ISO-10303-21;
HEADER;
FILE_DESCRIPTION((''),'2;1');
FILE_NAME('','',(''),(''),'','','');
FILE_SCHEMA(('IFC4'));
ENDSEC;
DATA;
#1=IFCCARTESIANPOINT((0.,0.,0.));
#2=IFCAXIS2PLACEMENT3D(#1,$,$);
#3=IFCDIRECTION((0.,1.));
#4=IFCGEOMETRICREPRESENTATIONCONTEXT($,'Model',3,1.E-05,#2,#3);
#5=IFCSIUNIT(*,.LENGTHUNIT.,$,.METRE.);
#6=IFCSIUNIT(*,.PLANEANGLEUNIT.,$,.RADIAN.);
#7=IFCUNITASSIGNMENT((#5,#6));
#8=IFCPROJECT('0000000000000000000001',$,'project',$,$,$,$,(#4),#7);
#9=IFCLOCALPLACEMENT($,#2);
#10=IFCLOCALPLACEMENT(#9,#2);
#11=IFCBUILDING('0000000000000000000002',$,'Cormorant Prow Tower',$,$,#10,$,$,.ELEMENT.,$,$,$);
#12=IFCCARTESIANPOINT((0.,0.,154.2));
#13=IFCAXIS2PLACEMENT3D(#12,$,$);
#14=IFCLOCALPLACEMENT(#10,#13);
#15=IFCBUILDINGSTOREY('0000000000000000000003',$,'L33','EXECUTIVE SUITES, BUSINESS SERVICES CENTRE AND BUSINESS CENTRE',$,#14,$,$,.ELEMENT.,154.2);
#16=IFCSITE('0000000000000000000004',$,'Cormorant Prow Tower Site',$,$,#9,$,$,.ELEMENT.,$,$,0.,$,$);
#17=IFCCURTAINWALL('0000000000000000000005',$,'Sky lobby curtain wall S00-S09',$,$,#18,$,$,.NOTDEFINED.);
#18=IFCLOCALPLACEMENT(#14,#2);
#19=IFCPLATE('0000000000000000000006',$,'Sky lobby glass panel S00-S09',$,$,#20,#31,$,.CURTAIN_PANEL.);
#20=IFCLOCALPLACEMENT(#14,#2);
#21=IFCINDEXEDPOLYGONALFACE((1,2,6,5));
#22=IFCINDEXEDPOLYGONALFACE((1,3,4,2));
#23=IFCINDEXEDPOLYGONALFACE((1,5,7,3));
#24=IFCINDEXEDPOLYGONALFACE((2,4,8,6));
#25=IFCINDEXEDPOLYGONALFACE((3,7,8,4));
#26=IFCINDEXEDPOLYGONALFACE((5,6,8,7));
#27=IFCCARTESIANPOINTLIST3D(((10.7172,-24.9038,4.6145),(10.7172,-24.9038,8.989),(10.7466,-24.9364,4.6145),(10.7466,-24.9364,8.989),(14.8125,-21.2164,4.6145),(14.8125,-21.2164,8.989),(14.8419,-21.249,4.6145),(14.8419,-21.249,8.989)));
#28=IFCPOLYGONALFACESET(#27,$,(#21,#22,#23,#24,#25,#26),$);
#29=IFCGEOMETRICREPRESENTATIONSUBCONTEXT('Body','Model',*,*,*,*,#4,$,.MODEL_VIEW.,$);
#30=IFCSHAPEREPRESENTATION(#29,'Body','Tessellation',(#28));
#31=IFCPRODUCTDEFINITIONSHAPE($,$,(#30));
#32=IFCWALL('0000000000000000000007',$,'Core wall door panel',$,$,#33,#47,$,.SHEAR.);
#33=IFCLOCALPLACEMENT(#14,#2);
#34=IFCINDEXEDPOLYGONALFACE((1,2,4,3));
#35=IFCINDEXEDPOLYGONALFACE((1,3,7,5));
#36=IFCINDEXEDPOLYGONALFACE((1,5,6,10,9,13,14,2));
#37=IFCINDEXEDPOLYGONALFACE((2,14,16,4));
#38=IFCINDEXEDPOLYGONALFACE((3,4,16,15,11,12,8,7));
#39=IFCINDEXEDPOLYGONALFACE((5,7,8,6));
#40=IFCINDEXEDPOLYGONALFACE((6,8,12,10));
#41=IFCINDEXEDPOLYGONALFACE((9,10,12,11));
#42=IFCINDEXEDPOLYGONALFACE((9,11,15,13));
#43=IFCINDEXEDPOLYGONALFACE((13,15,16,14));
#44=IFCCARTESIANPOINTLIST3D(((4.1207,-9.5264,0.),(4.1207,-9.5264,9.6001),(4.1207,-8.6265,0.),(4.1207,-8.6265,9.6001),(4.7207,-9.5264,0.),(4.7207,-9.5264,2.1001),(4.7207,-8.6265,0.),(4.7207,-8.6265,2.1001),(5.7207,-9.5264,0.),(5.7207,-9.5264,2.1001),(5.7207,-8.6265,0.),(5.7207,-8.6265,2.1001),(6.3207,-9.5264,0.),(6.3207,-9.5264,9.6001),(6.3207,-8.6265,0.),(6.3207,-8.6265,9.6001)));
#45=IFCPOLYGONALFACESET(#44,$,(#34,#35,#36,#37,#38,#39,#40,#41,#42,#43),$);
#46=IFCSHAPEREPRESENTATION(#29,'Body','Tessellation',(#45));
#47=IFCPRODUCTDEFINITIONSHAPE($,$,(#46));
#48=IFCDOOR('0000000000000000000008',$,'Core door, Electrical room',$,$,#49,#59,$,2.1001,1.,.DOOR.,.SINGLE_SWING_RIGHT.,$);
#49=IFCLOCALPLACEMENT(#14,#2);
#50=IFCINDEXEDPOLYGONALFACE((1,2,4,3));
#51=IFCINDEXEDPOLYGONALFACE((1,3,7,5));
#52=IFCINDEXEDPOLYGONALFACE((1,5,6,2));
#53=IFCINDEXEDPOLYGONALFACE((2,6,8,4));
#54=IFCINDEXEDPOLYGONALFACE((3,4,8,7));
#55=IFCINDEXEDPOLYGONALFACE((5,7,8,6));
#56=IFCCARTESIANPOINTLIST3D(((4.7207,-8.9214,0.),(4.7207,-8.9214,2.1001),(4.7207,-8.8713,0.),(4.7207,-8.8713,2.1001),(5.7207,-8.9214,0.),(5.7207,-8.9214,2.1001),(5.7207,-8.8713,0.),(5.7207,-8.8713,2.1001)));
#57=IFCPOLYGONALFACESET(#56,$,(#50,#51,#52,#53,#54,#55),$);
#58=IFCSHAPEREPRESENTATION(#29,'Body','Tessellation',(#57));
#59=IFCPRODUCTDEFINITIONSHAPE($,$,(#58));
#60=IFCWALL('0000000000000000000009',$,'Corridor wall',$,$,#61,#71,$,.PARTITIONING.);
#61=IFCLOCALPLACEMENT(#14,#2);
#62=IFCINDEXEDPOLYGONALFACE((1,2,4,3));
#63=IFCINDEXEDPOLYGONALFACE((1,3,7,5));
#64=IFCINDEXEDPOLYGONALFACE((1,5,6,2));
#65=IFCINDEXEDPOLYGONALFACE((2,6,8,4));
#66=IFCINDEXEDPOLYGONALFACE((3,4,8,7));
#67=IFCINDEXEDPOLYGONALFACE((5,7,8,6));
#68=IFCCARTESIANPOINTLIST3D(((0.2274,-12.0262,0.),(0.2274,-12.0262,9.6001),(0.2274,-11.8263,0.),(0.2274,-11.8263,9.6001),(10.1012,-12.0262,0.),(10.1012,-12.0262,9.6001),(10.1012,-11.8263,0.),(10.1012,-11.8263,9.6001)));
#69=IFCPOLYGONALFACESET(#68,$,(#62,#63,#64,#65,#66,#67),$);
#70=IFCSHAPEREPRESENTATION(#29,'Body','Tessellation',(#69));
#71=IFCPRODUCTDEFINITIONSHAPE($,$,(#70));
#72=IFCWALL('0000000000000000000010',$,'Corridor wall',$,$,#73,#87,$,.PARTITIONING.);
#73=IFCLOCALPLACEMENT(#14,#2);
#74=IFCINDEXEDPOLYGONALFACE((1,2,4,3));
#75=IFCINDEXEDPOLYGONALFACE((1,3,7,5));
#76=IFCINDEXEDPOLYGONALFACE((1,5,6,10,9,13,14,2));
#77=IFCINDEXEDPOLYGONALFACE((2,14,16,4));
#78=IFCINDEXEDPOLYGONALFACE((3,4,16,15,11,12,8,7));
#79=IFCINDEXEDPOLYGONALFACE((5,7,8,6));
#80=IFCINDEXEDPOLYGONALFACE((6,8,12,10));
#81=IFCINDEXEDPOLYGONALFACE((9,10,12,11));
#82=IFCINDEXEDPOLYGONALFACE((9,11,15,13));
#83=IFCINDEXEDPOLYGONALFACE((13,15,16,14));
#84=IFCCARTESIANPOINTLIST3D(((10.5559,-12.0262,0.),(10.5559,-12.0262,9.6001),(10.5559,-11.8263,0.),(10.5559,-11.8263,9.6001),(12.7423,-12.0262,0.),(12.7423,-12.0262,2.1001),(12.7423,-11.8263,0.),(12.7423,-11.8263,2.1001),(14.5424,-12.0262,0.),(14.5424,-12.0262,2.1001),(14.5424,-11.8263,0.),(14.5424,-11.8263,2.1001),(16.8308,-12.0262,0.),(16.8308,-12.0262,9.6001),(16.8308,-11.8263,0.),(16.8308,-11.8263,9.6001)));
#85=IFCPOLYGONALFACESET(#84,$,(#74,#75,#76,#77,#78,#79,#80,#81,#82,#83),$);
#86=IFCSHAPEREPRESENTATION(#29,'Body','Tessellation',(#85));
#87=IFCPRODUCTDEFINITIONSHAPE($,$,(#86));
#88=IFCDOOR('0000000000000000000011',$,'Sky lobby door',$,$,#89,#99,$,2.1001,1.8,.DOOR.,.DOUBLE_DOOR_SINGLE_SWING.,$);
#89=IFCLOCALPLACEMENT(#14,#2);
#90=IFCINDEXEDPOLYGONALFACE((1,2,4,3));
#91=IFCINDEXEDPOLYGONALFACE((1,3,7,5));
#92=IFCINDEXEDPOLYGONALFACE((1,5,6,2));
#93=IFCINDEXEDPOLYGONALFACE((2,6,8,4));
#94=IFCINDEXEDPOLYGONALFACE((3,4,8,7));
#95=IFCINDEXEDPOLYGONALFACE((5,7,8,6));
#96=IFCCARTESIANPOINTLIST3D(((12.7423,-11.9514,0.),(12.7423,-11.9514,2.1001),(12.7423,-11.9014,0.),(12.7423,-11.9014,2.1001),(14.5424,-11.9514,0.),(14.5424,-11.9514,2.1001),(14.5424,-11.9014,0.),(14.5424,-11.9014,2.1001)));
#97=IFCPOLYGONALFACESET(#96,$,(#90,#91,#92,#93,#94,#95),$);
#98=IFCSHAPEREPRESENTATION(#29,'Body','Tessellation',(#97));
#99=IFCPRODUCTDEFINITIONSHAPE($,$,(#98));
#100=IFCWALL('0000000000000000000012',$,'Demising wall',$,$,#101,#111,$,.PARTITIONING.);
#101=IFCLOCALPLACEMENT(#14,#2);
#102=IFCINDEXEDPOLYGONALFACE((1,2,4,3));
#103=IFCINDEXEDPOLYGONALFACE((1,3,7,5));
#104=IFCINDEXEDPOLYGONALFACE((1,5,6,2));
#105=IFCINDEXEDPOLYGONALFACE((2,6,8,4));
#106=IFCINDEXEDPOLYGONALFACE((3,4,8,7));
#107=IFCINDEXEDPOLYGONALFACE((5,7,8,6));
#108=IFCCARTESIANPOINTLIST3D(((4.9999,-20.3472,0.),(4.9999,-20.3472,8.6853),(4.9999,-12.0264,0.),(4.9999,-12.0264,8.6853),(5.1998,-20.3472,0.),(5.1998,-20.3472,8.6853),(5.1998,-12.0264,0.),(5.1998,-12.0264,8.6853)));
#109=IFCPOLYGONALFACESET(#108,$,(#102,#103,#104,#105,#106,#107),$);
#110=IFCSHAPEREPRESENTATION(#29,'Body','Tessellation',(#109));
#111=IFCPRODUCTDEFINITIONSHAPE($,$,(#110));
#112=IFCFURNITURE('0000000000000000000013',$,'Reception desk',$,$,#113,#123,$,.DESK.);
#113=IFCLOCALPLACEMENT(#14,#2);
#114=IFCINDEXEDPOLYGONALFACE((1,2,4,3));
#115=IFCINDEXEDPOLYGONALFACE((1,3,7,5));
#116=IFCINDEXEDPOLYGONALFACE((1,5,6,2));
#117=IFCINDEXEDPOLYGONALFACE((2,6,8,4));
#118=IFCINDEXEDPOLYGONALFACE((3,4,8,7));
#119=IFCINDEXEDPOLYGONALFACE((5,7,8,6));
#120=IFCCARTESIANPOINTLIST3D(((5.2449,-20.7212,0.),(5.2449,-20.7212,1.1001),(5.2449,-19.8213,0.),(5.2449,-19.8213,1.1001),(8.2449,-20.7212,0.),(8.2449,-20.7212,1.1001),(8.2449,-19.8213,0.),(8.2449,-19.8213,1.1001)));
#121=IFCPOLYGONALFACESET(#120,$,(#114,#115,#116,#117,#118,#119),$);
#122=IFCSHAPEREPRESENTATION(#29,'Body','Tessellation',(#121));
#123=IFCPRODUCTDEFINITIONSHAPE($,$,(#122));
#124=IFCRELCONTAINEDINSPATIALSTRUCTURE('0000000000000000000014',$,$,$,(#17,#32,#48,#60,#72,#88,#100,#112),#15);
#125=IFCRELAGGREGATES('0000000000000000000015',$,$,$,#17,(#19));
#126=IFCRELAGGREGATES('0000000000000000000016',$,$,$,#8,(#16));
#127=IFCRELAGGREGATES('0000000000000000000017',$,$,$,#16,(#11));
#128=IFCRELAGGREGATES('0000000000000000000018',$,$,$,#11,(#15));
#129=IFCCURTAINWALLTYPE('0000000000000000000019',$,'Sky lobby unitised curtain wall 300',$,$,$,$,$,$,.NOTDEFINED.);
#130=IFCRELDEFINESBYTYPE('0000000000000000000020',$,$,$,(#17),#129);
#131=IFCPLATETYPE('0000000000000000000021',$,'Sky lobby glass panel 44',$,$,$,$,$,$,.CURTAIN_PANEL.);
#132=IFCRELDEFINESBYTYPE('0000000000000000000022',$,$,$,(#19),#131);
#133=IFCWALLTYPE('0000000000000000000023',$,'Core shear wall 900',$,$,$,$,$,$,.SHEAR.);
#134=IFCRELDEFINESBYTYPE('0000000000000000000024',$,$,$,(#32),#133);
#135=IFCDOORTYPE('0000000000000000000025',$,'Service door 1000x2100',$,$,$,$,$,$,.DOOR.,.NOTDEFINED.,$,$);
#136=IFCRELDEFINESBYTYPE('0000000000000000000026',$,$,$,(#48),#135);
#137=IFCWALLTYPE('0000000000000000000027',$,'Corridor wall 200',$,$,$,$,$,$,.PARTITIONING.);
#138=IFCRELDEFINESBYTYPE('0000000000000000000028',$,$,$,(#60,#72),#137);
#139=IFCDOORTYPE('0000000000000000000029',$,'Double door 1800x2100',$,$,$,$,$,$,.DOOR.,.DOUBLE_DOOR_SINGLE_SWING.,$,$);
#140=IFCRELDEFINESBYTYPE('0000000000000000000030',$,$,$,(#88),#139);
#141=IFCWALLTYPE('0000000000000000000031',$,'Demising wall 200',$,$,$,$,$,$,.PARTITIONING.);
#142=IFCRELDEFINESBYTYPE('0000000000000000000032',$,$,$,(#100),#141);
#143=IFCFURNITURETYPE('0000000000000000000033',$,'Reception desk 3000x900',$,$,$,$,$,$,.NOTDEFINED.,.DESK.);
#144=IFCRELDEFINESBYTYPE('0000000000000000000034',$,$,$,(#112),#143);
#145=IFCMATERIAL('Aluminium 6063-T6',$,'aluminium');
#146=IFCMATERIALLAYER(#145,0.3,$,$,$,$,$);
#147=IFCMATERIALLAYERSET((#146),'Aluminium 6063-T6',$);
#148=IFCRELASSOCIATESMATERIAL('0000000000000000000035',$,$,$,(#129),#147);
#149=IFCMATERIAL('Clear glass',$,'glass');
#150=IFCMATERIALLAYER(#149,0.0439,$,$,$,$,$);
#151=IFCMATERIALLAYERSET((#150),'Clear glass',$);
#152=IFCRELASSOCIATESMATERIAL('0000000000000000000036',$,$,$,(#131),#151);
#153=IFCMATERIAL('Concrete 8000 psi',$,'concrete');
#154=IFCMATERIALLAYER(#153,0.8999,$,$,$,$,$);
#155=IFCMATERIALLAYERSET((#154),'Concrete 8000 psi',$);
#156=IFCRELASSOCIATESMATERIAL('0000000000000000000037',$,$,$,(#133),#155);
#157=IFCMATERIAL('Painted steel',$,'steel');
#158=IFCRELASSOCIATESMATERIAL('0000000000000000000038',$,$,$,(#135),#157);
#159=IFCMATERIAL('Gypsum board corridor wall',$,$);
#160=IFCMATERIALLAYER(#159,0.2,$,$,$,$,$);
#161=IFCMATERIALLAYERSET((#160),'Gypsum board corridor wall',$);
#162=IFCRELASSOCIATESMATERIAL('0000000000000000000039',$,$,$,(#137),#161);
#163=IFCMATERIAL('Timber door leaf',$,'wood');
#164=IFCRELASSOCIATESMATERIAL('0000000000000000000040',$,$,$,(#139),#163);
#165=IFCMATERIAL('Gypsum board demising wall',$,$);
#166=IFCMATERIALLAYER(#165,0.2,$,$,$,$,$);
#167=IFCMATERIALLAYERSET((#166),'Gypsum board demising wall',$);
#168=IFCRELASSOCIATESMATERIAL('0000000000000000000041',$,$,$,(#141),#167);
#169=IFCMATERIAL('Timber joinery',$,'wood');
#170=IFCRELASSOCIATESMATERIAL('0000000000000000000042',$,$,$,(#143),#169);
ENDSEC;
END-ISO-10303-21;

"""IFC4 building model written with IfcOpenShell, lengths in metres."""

from ifc_helpers import new_model, si_unit, direction, frame, frame_2d, origin, origin_2d, place, context, subcontext, project, spatial, rectangle, extrude, material, layer, layer_set, type_object, element, fill, aggregate, save


model = new_model("IFC4")

# Units and contexts
model_context = context("Model", 3, precision=1e-05, world=origin(), true_north=direction((0.0, 1.0)))
body_context = subcontext(model_context, "Body", "Model", "MODEL_VIEW")
ifc_project = project(units=[si_unit("LENGTHUNIT", "METRE"), si_unit("PLANEANGLEUNIT", "RADIAN")], contexts=[model_context])

# Site, building, storey
site_placement = place(None, origin())
site = spatial("IfcSite", under=ifc_project, at=site_placement, Name="Cormorant Prow Tower Site", CompositionType="ELEMENT", RefElevation=0.0)
building_placement = place(site_placement, origin())
building = spatial("IfcBuilding", under=site, at=building_placement, Name="Cormorant Prow Tower", CompositionType="ELEMENT")
storey_placement = place(building_placement, frame((0.0, 0.0, 154.2)))
storey = spatial("IfcBuildingStorey", under=building, at=storey_placement, Name="L33", Description="EXECUTIVE SUITES, BUSINESS SERVICES CENTRE AND BUSINESS CENTRE", CompositionType="ELEMENT", Elevation=154.2)

# Curtain wall
ifc_material_1 = material(Name="Aluminium 6063-T6", Category="aluminium")
ifc_layer_1 = layer(ifc_material_1, 0.3)
ifc_layer_set_1 = layer_set([ifc_layer_1], Name="Aluminium 6063-T6")
curtain_wall_type = type_object("IfcCurtainWallType", Name="Sky lobby unitised curtain wall 300", PredefinedType="NOTDEFINED", material=ifc_layer_set_1)
curtain_wall_placement = place(storey_placement, origin())
curtain_wall = element("IfcCurtainWall", 1, at=curtain_wall_placement, inside=storey, type_object=curtain_wall_type, Name="Sky lobby curtain wall S00-S09", PredefinedType="NOTDEFINED")

# Plate
ifc_material_2 = material(Name="Clear glass", Category="glass")
ifc_layer_2 = layer(ifc_material_2, 0.0439)
ifc_layer_set_2 = layer_set([ifc_layer_2], Name="Clear glass")
plate_type = type_object("IfcPlateType", Name="Sky lobby glass panel 44", PredefinedType="CURTAIN_PANEL", material=ifc_layer_set_2)
plate_1_placement = place(storey_placement, frame((12.7795, -23.0764, 4.6145), z_axis=(0.0, 0.0, 1.0), x_axis=(0.743145, 0.669131, 0.0)))
plate_1 = element("IfcPlate", 2, at=plate_1_placement, type_object=plate_type, Name="Sky lobby glass panel S00-S09", PredefinedType="CURTAIN_PANEL", context=body_context, shape_type="SweptSolid", body=[
    extrude(rectangle(XDim=5.5107, YDim=0.0439, at=origin_2d()), origin(), (0.0, 0.0, 1.0), 4.3745),
])
aggregate(curtain_wall, [plate_1])

# Wall, opening, door
ifc_material_3 = material(Name="Concrete 8000 psi", Category="concrete")
ifc_layer_3 = layer(ifc_material_3, 0.8999)
ifc_layer_set_3 = layer_set([ifc_layer_3], Name="Concrete 8000 psi")
wall_type_1 = type_object("IfcWallType", Name="Core shear wall 900", PredefinedType="SHEAR", material=ifc_layer_set_3)
wall_1_placement = place(storey_placement, frame((4.1206, -9.0764, 0.0), z_axis=(0.0, 0.0, 1.0), x_axis=(1.0, 0.0, 0.0)))
wall_1 = element("IfcWall", 3, at=wall_1_placement, inside=storey, type_object=wall_type_1, Name="Core wall door panel", PredefinedType="SHEAR", context=body_context, shape_type="SweptSolid", body=[
    extrude(rectangle(XDim=2.2, YDim=0.8999, at=frame_2d((1.1001, 0.0))), origin(), (0.0, 0.0, 1.0), 9.6001),
])
opening_1_placement = place(wall_1_placement, frame((0.6001, 0.0, 0.0)))
opening_1 = element("IfcOpeningElement", 4, at=opening_1_placement, cuts=wall_1, PredefinedType="OPENING", context=body_context, shape_type="SweptSolid", body=[
    extrude(rectangle(XDim=1.0, YDim=2.1001, at=frame_2d((0.5, 1.05))), frame((0.0, 0.46, 0.0), z_axis=(0.0, -1.0, 0.0), x_axis=(1.0, 0.0, 0.0)), (0.0, 0.0, 1.0), 0.9199),
])
ifc_material_4 = material(Name="Painted steel", Category="steel")
door_type_1 = type_object("IfcDoorType", Name="Service door 1000x2100", OperationType="NOTDEFINED", PredefinedType="DOOR", material=ifc_material_4)
door_1_placement = place(opening_1_placement, origin())
door_1 = element("IfcDoor", 5, at=door_1_placement, inside=storey, type_object=door_type_1, Name="Core door, Electrical room", OperationType="SINGLE_SWING_RIGHT", OverallHeight=2.1001, OverallWidth=1.0, PredefinedType="DOOR", context=body_context, shape_type="SweptSolid", body=[
    extrude(rectangle(XDim=1.0, YDim=2.1001, at=frame_2d((0.5, 1.05))), frame((0.0, 0.2051, 0.0), z_axis=(0.0, -1.0, 0.0), x_axis=(1.0, 0.0, 0.0)), (0.0, 0.0, 1.0), 0.05),
])
fill(opening_1, door_1)

# Wall
ifc_material_5 = material(Name="Gypsum board corridor wall")
ifc_layer_4 = layer(ifc_material_5, 0.2)
ifc_layer_set_4 = layer_set([ifc_layer_4], Name="Gypsum board corridor wall")
wall_type_2 = type_object("IfcWallType", Name="Corridor wall 200", PredefinedType="PARTITIONING", material=ifc_layer_set_4)
wall_2_placement = place(storey_placement, frame((0.2273, -11.9263, 0.0), z_axis=(0.0, 0.0, 1.0), x_axis=(1.0, 0.0, 0.0)))
element("IfcWall", 6, at=wall_2_placement, inside=storey, type_object=wall_type_2, Name="Corridor wall", PredefinedType="PARTITIONING", context=body_context, shape_type="SweptSolid", body=[
    extrude(rectangle(XDim=9.8738, YDim=0.2, at=frame_2d((4.937, 0.0))), origin(), (0.0, 0.0, 1.0), 9.6001),
])

# Wall, opening, door
wall_3_placement = place(storey_placement, frame((10.5559, -11.9263, 0.0), z_axis=(0.0, 0.0, 1.0), x_axis=(1.0, 0.0, 0.0)))
wall_3 = element("IfcWall", 7, at=wall_3_placement, inside=storey, type_object=wall_type_2, Name="Corridor wall", PredefinedType="PARTITIONING", context=body_context, shape_type="SweptSolid", body=[
    extrude(rectangle(XDim=6.2749, YDim=0.2, at=frame_2d((3.1375, 0.0))), origin(), (0.0, 0.0, 1.0), 9.6001),
])
opening_2_placement = place(wall_3_placement, frame((2.1865, 0.0, 0.0)))
opening_2 = element("IfcOpeningElement", 8, at=opening_2_placement, cuts=wall_3, PredefinedType="OPENING", context=body_context, shape_type="SweptSolid", body=[
    extrude(rectangle(XDim=1.8, YDim=2.1001, at=frame_2d((0.8999, 1.05))), frame((0.0, 0.1099, 0.0), z_axis=(0.0, -1.0, 0.0), x_axis=(1.0, 0.0, 0.0)), (0.0, 0.0, 1.0), 0.22),
])
ifc_material_6 = material(Name="Timber door leaf", Category="wood")
door_type_2 = type_object("IfcDoorType", Name="Double door 1800x2100", OperationType="DOUBLE_DOOR_SINGLE_SWING", PredefinedType="DOOR", material=ifc_material_6)
door_2_placement = place(opening_2_placement, origin())
door_2 = element("IfcDoor", 9, at=door_2_placement, inside=storey, type_object=door_type_2, Name="Sky lobby door", OperationType="DOUBLE_DOOR_SINGLE_SWING", OverallHeight=2.1001, OverallWidth=1.8, PredefinedType="DOOR", context=body_context, shape_type="SweptSolid", body=[
    extrude(rectangle(XDim=1.8, YDim=2.1001, at=frame_2d((0.8999, 1.05))), frame((0.0, 0.0249, 0.0), z_axis=(0.0, -1.0, 0.0), x_axis=(1.0, 0.0, 0.0)), (0.0, 0.0, 1.0), 0.05),
])
fill(opening_2, door_2)

# Wall
ifc_material_7 = material(Name="Gypsum board demising wall")
ifc_layer_5 = layer(ifc_material_7, 0.2)
ifc_layer_set_5 = layer_set([ifc_layer_5], Name="Gypsum board demising wall")
wall_type_3 = type_object("IfcWallType", Name="Demising wall 200", PredefinedType="PARTITIONING", material=ifc_layer_set_5)
wall_4_placement = place(storey_placement, frame((5.0999, -20.3472, 0.0), z_axis=(0.0, 0.0, 1.0), x_axis=(0.0, 1.0, 0.0)))
element("IfcWall", 10, at=wall_4_placement, inside=storey, type_object=wall_type_3, Name="Demising wall", PredefinedType="PARTITIONING", context=body_context, shape_type="SweptSolid", body=[
    extrude(rectangle(XDim=8.3208, YDim=0.2, at=frame_2d((4.1604, 0.0))), origin(), (0.0, 0.0, 1.0), 8.6853),
])

# Furniture
ifc_material_8 = material(Name="Timber joinery", Category="wood")
furniture_type = type_object("IfcFurnitureType", Name="Reception desk 3000x900", AssemblyPlace="NOTDEFINED", PredefinedType="DESK", material=ifc_material_8)
furniture_placement = place(storey_placement, frame((6.7449, -20.2712, 0.0), z_axis=(0.0, 0.0, 1.0), x_axis=(1.0, 0.0, 0.0)))
element("IfcFurniture", 11, at=furniture_placement, inside=storey, type_object=furniture_type, Name="Reception desk", PredefinedType="DESK", context=body_context, shape_type="SweptSolid", body=[
    extrude(rectangle(XDim=3.0, YDim=0.8999, at=origin_2d()), origin(), (0.0, 0.0, 1.0), 1.1001),
])

save(model, "model.ifc")
